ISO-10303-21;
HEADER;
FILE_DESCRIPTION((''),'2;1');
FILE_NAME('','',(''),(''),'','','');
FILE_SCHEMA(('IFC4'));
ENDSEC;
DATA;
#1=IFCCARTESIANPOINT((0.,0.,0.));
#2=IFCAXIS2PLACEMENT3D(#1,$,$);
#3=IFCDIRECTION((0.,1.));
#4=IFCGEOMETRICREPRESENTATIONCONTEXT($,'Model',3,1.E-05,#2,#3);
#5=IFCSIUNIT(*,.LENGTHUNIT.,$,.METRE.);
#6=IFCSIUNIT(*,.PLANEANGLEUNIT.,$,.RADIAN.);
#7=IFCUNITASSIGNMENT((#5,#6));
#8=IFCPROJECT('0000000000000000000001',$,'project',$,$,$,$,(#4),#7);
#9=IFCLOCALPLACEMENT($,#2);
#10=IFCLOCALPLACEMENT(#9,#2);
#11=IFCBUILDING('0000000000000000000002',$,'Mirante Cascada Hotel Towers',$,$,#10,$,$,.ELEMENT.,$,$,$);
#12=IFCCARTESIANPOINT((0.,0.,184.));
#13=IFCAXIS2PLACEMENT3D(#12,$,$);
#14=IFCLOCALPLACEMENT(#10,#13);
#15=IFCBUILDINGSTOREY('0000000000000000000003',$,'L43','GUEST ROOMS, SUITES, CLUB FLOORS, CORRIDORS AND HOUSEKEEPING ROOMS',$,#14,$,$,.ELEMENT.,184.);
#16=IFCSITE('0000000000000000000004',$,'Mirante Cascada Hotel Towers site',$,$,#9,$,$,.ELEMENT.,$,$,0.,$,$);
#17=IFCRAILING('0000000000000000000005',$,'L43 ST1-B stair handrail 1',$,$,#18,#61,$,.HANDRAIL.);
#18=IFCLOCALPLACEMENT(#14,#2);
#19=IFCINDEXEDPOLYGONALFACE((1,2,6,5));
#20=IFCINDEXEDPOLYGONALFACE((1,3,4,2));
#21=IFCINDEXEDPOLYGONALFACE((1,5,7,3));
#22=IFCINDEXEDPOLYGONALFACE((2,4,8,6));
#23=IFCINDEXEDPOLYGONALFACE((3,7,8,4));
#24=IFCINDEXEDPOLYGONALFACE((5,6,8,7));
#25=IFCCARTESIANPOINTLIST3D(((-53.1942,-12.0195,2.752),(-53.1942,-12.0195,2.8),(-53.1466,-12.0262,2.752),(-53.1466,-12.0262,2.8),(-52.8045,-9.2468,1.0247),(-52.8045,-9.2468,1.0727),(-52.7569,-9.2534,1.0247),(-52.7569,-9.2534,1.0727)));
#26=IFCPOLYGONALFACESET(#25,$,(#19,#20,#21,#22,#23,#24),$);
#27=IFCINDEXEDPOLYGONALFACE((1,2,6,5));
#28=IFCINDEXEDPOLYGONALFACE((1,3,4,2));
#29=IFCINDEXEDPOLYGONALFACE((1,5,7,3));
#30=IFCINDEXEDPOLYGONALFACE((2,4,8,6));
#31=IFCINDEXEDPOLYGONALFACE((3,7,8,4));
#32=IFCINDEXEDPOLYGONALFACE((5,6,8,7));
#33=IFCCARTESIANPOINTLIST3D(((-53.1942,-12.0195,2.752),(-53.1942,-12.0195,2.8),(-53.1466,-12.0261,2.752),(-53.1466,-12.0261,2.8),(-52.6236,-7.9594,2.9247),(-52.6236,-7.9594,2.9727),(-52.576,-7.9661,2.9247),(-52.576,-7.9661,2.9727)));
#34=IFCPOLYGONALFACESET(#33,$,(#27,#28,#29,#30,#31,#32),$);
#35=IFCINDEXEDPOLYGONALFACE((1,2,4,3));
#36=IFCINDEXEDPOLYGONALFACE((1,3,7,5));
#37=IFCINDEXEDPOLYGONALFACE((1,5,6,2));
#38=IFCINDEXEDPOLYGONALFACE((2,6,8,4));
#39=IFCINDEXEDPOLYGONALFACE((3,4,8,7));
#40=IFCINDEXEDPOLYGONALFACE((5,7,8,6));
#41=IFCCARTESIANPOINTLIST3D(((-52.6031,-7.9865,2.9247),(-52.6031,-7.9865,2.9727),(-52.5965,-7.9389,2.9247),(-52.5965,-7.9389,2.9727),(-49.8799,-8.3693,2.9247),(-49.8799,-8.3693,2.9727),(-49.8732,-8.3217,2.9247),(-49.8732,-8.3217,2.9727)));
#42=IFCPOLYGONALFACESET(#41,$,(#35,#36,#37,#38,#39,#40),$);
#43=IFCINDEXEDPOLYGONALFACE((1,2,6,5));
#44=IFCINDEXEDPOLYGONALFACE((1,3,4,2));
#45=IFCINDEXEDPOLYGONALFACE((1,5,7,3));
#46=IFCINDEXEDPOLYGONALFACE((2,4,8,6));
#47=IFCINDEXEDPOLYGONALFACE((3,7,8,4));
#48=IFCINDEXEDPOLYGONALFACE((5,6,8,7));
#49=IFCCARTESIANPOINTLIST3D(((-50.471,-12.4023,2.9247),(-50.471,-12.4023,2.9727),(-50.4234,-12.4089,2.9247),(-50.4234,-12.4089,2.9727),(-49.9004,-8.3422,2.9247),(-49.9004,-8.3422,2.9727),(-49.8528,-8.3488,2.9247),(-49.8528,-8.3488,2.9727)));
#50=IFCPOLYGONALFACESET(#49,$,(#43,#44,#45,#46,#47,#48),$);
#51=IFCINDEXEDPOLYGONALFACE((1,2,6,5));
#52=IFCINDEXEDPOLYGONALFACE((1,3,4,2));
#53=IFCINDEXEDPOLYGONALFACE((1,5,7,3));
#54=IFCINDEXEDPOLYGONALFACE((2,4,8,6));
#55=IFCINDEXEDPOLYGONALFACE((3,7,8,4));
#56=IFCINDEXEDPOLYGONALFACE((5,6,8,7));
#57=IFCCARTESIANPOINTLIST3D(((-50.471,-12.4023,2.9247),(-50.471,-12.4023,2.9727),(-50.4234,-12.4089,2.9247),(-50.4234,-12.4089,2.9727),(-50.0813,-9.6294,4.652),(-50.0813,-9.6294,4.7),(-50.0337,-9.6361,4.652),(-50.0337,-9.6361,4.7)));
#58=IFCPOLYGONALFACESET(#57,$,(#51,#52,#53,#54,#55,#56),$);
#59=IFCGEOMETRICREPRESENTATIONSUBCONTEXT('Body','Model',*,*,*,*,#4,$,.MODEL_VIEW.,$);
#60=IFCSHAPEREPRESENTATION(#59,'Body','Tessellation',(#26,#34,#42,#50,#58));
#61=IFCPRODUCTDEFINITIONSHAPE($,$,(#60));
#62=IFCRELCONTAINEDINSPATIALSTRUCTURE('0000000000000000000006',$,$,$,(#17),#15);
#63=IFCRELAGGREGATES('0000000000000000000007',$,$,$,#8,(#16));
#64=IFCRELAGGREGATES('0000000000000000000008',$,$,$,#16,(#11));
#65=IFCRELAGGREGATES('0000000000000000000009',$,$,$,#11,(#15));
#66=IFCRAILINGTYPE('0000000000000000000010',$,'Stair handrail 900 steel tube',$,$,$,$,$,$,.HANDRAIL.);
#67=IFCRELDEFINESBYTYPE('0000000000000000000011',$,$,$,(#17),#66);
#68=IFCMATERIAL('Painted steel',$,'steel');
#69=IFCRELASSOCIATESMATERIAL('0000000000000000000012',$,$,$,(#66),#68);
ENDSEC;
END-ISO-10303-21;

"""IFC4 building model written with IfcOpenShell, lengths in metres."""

from ifc_helpers import new_model, si_unit, direction, frame, origin, origin_2d, place, context, subcontext, project, spatial, rectangle, extrude, material, type_object, element, save


model = new_model("IFC4")

# Units and contexts
model_context = context("Model", 3, precision=1e-05, world=origin(), true_north=direction((0.0, 1.0)))
body_context = subcontext(model_context, "Body", "Model", "MODEL_VIEW")
ifc_project = project(units=[si_unit("LENGTHUNIT", "METRE"), si_unit("PLANEANGLEUNIT", "RADIAN")], contexts=[model_context])

# Site, building, storey
site_placement = place(None, origin())
site = spatial("IfcSite", under=ifc_project, at=site_placement, Name="Mirante Cascada Hotel Towers site", CompositionType="ELEMENT", RefElevation=0.0)
building_placement = place(site_placement, origin())
building = spatial("IfcBuilding", under=site, at=building_placement, Name="Mirante Cascada Hotel Towers", CompositionType="ELEMENT")
storey_placement = place(building_placement, frame((0.0, 0.0, 184.0)))
storey = spatial("IfcBuildingStorey", under=building, at=storey_placement, Name="L43", Description="GUEST ROOMS, SUITES, CLUB FLOORS, CORRIDORS AND HOUSEKEEPING ROOMS", CompositionType="ELEMENT", Elevation=184.0)

# Railing
ifc_material_1 = material(Name="Painted steel", Category="steel")
railing_type_1 = type_object("IfcRailingType", Name="Stair handrail 900 steel tube", PredefinedType="HANDRAIL", material=ifc_material_1)
railing_1_placement = place(storey_placement, frame((-52.7807, -9.2501, 0.1727)))
element("IfcRailing", 1, at=railing_1_placement, inside=storey, type_object=railing_type_1, Name="L43 ST1-B stair handrail 1", PredefinedType="HANDRAIL", context=body_context, shape_type="SweptSolid", body=[
    extrude(rectangle(XDim=0.048, YDim=0.048, at=origin_2d()), frame((0.0, 0.0, 0.876), z_axis=(-0.139181, -0.990267, 0.0), x_axis=(0.990267, -0.139181, 0.0)), (0.0, 0.525035, 0.851081), 3.2899),
    extrude(rectangle(XDim=0.048, YDim=0.048, at=origin_2d()), frame((-0.3897, -2.7727, 2.6033), z_axis=(0.139171, 0.990268, 0.0), x_axis=(-0.990268, 0.139171, 0.0)), (0.0, 0.042085, 0.999114), 4.1036),
    extrude(rectangle(XDim=0.048, YDim=0.048, at=origin_2d()), frame((0.1809, 1.2874, 2.776), z_axis=(0.990264, -0.139201, 0.0), x_axis=(0.139201, 0.990264, 0.0)), (0.0, 0.0, 1.0), 2.75),
    extrude(rectangle(XDim=0.048, YDim=0.048, at=origin_2d()), frame((2.9041, 0.9046, 2.776), z_axis=(-0.139171, -0.990268, 0.0), x_axis=(0.990268, -0.139171, 0.0)), (0.0, 0.0, 1.0), 4.1),
    extrude(rectangle(XDim=0.048, YDim=0.048, at=origin_2d()), frame((2.3335, -3.1555, 2.776), z_axis=(0.139176, 0.990268, 0.0), x_axis=(-0.990268, 0.139176, 0.0)), (0.0, 0.525021, 0.851089), 3.29),
])

save(model, "model.ifc")
